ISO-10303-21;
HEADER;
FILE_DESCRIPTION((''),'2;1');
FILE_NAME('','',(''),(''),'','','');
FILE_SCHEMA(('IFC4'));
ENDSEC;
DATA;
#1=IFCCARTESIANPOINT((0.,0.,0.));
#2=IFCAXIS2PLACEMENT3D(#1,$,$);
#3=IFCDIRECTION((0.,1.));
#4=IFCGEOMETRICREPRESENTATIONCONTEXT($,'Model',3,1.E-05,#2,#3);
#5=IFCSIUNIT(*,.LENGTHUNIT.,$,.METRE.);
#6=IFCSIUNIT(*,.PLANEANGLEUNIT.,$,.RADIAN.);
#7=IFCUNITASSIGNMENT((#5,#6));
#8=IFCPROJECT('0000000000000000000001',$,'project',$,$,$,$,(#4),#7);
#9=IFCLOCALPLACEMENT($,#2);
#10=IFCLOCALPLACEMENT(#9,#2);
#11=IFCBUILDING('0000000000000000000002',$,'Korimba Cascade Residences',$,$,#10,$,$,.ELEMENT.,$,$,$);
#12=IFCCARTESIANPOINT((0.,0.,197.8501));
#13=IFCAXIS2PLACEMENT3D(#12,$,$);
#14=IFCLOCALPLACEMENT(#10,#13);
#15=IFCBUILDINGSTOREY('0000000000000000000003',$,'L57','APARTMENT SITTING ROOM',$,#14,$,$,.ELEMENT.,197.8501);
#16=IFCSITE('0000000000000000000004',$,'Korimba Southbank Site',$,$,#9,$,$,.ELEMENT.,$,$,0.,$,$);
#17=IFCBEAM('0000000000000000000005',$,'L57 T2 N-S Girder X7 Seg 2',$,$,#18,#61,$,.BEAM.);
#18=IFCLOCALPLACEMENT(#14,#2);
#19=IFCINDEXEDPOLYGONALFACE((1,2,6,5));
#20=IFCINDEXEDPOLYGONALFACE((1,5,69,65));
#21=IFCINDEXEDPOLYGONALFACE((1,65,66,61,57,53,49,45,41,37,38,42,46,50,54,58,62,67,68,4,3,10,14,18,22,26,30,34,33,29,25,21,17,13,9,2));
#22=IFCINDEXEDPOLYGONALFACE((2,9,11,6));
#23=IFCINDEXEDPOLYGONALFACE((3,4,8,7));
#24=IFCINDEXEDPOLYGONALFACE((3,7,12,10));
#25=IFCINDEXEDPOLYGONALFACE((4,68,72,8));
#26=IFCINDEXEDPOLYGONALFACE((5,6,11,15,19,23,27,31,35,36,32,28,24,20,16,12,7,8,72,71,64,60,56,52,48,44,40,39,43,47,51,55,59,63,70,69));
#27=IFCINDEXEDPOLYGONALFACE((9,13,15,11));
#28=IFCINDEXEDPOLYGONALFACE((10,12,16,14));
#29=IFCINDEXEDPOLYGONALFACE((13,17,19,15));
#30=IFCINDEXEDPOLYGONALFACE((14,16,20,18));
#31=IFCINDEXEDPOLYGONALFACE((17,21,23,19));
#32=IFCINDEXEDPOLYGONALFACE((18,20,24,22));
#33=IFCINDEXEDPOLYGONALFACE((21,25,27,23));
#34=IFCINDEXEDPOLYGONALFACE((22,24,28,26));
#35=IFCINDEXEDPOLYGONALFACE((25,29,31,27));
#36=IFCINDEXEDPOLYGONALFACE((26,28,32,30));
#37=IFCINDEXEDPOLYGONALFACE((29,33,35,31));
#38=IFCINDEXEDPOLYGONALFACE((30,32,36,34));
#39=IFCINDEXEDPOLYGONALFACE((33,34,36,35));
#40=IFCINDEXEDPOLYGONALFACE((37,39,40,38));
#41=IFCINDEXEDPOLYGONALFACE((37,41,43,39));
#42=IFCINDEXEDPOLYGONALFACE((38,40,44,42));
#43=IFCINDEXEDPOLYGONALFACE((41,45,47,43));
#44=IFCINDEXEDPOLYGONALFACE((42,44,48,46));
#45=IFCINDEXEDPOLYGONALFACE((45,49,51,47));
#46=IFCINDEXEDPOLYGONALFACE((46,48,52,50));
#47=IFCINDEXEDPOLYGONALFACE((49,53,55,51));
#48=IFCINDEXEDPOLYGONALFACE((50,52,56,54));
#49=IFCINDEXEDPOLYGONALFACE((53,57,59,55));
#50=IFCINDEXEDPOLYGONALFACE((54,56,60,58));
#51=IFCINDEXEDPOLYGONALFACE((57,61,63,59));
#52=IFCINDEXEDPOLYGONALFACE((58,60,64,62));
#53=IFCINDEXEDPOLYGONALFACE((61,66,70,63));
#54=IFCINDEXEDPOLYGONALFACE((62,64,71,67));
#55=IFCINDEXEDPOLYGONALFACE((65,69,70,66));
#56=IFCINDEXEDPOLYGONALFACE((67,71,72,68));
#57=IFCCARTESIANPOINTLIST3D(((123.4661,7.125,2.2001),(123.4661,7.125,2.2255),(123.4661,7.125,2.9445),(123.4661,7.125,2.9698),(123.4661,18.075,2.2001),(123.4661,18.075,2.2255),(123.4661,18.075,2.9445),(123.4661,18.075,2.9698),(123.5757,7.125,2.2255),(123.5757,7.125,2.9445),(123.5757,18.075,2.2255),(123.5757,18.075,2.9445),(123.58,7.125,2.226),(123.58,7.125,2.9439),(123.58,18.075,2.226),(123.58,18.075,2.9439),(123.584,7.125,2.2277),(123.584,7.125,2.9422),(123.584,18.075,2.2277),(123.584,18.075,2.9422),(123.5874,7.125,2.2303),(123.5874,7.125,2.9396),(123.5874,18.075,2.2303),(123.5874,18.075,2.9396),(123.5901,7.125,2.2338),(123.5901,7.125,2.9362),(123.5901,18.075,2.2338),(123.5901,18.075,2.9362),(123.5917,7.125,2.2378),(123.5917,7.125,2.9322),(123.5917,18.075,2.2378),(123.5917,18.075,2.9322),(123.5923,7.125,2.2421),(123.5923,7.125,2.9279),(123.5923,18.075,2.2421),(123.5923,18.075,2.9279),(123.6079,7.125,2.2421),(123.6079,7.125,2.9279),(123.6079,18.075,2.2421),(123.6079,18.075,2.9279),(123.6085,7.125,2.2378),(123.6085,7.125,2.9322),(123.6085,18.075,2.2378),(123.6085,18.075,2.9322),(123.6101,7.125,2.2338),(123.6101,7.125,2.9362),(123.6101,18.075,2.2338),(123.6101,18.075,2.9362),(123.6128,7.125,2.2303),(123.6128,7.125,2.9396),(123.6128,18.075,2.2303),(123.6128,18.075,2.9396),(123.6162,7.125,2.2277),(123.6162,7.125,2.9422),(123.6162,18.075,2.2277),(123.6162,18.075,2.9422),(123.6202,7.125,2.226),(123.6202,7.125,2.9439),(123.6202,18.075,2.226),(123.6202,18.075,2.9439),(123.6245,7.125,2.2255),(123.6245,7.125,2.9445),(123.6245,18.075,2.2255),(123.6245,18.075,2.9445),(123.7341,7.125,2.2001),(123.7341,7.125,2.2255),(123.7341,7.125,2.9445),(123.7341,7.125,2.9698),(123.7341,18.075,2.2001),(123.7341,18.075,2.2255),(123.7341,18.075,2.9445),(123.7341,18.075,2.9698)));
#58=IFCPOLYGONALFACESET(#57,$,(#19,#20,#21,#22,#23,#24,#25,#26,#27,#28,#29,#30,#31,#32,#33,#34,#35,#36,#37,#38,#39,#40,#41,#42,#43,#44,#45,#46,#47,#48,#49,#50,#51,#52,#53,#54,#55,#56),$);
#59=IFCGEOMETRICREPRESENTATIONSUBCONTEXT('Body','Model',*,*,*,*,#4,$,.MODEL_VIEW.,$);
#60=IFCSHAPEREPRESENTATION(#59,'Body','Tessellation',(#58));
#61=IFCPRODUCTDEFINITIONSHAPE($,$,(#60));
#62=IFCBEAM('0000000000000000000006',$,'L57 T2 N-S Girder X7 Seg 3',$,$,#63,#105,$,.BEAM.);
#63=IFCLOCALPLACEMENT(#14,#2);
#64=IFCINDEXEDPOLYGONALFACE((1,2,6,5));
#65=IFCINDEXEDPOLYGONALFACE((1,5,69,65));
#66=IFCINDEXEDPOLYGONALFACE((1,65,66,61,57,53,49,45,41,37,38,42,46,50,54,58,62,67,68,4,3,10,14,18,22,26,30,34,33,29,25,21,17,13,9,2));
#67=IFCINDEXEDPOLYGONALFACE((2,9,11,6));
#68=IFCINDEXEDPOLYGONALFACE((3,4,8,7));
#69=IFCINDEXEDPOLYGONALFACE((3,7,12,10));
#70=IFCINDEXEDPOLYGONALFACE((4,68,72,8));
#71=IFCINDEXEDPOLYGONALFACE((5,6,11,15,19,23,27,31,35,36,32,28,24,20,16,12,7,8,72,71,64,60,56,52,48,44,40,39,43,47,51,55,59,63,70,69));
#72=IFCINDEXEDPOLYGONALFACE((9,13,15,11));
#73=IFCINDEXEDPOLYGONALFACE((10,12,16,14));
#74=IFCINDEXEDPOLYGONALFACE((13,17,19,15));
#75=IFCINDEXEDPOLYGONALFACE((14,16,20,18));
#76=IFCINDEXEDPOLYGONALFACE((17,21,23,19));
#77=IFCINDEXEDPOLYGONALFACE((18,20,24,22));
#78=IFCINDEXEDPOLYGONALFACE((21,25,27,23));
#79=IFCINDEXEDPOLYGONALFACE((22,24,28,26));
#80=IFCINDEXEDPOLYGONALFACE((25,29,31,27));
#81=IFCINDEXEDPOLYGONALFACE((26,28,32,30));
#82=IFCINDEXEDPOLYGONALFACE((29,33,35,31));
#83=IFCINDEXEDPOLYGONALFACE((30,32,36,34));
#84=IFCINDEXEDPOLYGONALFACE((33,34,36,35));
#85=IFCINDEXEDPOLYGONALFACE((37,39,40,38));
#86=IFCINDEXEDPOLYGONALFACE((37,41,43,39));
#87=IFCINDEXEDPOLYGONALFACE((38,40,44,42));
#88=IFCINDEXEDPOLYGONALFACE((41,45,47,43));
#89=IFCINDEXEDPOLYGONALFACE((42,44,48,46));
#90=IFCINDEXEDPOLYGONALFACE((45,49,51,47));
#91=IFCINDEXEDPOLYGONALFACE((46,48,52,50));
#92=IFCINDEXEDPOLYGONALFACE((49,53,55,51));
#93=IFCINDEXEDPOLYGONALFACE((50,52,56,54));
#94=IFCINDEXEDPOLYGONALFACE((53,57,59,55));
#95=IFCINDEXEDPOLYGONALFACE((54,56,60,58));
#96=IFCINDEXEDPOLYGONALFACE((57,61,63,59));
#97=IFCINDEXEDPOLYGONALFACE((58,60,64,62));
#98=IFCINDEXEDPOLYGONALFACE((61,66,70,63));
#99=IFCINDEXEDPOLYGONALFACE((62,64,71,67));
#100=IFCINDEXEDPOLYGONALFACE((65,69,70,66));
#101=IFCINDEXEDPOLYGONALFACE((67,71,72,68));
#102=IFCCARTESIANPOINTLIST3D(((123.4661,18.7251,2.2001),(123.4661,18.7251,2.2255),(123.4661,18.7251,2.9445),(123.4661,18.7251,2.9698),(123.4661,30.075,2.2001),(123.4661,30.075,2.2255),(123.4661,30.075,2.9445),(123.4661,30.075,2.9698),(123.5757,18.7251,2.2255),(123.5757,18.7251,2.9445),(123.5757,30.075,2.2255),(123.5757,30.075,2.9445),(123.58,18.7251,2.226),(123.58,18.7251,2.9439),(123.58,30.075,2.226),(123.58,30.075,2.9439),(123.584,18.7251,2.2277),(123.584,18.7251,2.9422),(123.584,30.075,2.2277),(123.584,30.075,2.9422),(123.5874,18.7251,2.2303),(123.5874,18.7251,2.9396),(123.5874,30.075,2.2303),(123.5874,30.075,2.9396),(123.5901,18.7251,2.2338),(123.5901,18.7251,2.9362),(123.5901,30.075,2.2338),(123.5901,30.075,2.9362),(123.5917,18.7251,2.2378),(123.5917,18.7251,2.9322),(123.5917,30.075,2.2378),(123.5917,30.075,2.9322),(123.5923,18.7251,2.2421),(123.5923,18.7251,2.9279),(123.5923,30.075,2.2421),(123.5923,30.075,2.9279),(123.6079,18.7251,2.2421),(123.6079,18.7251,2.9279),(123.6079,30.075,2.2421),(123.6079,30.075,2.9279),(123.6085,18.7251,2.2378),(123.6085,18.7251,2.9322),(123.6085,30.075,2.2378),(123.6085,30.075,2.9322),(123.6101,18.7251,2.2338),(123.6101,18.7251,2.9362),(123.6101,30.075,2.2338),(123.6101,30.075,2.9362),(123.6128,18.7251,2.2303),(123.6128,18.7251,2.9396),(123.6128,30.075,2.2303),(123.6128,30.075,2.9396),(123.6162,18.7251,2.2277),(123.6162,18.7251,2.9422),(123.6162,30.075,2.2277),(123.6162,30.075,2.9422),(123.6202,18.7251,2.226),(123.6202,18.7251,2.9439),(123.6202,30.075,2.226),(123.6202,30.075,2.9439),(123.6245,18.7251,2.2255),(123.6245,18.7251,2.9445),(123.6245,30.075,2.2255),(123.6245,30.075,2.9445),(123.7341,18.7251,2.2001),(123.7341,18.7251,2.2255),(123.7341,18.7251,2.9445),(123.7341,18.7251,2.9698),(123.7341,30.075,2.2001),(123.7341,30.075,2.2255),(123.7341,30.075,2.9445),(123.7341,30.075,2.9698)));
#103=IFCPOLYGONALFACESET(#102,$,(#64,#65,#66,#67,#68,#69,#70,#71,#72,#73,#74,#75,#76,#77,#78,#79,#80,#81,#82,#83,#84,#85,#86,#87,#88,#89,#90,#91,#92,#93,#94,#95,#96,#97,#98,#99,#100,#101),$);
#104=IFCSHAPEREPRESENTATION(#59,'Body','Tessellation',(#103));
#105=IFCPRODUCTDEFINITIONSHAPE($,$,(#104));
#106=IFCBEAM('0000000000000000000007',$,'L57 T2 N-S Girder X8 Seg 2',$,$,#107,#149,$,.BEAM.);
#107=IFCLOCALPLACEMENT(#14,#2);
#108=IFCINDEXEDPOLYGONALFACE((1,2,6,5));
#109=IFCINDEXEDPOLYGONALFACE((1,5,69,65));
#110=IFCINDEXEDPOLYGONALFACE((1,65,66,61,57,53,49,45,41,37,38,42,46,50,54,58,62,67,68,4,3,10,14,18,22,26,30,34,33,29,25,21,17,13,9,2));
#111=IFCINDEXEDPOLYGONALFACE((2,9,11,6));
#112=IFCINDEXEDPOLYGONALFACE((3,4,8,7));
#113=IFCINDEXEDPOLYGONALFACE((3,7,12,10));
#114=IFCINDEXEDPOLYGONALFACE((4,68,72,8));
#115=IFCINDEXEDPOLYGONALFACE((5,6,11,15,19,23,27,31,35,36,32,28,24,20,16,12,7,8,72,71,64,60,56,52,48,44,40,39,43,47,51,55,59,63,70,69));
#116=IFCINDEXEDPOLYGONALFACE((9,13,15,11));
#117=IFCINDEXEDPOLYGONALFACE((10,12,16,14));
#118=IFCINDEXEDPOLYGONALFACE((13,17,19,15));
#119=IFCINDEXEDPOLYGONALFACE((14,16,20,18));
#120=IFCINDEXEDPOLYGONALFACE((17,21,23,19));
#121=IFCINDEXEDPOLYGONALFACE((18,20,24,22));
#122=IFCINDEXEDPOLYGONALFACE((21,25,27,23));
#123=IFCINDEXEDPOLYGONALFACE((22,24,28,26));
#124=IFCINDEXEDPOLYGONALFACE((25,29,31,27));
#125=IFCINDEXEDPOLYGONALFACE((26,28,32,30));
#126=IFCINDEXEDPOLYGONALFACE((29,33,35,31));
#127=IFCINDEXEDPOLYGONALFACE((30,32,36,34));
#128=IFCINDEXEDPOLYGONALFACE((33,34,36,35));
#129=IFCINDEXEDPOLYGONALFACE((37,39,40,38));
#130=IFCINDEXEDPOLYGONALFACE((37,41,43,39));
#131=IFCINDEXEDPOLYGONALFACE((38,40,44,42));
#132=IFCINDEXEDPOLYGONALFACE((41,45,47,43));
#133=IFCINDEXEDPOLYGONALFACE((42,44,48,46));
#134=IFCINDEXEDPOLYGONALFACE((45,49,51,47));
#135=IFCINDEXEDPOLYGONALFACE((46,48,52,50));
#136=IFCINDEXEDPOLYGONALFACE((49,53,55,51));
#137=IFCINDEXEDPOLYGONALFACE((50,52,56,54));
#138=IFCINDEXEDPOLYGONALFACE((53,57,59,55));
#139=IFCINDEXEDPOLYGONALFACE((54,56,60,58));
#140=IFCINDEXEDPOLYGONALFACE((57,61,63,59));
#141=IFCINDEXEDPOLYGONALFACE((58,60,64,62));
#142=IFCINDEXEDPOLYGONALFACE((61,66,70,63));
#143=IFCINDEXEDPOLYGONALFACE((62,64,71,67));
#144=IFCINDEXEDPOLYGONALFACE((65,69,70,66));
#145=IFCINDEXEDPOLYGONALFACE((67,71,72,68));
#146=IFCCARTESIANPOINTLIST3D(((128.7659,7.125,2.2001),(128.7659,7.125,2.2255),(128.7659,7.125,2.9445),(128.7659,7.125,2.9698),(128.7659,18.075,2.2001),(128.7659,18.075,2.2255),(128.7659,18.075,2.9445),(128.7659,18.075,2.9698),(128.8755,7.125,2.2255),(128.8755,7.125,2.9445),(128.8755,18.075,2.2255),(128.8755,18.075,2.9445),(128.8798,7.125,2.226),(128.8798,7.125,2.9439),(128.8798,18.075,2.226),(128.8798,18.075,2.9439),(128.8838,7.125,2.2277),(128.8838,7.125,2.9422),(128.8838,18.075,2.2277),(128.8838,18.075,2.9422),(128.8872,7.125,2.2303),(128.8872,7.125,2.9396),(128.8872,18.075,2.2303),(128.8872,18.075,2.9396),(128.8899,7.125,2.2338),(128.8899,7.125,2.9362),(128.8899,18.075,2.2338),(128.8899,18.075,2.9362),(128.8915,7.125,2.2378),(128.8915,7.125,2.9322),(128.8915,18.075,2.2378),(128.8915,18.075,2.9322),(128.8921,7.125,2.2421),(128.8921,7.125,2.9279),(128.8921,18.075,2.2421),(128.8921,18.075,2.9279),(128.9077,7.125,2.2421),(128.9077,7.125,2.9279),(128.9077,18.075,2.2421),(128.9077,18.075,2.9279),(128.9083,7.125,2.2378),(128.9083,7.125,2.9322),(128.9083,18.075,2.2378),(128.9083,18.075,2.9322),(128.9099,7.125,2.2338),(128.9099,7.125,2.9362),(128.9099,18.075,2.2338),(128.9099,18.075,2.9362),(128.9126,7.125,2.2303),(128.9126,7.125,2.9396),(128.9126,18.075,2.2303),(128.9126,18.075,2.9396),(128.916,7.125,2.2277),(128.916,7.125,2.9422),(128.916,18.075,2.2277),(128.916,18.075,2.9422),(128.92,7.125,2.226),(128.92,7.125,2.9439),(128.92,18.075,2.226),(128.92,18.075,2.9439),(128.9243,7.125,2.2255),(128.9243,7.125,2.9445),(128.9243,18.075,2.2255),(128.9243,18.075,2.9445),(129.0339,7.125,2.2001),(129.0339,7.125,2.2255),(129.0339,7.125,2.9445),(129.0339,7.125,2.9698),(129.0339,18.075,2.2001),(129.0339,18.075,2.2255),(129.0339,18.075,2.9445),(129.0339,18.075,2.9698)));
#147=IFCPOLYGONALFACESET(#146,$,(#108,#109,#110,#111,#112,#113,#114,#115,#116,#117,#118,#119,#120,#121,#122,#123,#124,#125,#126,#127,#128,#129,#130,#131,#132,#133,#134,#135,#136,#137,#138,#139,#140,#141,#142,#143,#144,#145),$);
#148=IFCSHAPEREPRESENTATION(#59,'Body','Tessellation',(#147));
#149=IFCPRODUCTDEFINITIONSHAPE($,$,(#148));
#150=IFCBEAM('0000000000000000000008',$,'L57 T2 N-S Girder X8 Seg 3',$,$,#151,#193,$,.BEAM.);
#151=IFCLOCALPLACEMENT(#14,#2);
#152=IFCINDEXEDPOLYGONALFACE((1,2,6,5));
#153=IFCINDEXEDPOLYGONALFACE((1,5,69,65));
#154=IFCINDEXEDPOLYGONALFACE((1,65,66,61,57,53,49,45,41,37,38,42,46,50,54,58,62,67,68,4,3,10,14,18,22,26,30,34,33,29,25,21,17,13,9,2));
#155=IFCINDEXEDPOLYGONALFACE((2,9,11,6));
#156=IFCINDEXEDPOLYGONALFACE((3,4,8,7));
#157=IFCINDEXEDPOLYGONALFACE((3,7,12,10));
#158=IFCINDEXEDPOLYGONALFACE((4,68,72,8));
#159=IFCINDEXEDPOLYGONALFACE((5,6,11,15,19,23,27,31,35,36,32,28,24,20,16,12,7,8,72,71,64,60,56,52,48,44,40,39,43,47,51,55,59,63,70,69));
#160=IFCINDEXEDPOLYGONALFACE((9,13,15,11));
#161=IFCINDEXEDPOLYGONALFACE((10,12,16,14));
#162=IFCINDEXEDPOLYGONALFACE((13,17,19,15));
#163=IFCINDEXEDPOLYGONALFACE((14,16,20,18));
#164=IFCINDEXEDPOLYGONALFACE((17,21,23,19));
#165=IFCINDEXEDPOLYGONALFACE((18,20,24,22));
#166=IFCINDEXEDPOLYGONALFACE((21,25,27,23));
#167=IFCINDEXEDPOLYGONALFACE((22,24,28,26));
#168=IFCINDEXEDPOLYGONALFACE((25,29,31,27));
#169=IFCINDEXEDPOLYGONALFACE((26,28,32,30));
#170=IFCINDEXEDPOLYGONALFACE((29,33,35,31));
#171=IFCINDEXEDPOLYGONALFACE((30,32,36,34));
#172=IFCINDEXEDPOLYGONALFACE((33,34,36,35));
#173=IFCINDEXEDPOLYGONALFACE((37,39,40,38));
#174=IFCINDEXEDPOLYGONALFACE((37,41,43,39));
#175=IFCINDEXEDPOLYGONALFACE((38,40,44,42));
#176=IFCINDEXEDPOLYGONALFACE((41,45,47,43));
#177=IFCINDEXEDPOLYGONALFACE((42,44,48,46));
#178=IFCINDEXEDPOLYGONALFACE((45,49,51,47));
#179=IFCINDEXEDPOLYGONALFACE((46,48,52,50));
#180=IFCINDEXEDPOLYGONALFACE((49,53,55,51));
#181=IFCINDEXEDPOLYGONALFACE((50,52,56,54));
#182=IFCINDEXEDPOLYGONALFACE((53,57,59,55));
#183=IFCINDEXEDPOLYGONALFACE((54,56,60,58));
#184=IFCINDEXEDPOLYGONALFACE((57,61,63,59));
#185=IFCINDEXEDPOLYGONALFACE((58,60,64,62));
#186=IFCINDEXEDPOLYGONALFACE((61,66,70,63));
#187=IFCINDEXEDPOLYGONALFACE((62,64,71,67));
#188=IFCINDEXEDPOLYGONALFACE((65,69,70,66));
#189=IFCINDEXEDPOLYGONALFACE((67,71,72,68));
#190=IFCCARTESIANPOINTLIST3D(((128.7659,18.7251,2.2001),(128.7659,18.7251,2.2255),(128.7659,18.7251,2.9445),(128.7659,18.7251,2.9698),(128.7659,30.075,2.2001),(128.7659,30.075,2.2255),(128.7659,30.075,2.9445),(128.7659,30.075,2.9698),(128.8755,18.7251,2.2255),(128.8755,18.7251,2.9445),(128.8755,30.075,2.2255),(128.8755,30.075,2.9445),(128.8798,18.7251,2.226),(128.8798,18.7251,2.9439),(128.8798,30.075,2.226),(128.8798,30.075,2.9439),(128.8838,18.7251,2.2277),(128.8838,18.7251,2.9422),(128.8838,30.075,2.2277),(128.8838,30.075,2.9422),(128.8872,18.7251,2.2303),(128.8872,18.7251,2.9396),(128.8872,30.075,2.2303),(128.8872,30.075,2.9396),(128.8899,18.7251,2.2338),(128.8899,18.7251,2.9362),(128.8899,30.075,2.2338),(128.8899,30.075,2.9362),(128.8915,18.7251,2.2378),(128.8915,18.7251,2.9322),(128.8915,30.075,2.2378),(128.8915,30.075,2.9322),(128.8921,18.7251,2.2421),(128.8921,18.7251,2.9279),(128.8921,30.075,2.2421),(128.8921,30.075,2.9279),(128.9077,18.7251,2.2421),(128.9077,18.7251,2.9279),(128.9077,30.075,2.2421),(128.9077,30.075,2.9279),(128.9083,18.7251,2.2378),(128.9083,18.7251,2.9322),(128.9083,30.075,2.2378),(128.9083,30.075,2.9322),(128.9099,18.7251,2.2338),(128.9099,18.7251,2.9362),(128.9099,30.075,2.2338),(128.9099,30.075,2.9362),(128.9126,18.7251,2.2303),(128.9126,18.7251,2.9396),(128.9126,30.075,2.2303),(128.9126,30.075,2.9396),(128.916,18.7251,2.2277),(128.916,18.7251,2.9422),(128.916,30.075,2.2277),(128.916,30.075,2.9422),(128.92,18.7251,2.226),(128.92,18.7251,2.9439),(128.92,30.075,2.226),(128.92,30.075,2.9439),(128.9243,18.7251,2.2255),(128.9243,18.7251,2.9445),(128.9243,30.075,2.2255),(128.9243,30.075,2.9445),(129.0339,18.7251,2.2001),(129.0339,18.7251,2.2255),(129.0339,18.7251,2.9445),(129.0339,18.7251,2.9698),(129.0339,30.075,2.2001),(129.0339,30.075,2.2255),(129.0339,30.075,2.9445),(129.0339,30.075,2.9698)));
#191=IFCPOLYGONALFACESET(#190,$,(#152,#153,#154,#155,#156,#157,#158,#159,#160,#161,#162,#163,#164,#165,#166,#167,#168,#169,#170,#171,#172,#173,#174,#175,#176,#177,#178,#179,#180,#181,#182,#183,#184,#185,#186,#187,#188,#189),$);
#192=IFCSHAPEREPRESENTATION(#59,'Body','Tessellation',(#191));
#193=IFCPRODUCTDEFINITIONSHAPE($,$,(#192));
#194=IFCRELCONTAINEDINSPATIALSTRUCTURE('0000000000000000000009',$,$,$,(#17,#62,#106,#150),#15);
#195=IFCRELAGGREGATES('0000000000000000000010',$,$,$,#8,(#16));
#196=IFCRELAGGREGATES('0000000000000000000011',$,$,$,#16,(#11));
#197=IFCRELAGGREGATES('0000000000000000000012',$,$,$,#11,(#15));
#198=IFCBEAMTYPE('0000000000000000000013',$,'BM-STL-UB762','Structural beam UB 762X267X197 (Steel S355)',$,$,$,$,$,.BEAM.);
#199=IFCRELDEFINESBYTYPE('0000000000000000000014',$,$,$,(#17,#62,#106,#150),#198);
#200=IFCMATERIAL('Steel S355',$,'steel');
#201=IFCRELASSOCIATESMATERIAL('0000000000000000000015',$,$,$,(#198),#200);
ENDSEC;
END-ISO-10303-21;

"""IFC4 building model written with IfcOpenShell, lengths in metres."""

from ifc_helpers import new_model, si_unit, direction, frame, origin, origin_2d, place, context, subcontext, project, spatial, i_section, extrude, material, material_profile, profile_set, type_object, element, save


model = new_model("IFC4")

# Units and contexts
model_context = context("Model", 3, precision=1e-05, world=origin(), true_north=direction((0.0, 1.0)))
body_context = subcontext(model_context, "Body", "Model", "MODEL_VIEW")
ifc_project = project(units=[si_unit("LENGTHUNIT", "METRE"), si_unit("PLANEANGLEUNIT", "RADIAN")], contexts=[model_context])

# Site, building, storey
site_placement = place(None, origin())
site = spatial("IfcSite", under=ifc_project, at=site_placement, Name="Korimba Southbank Site", CompositionType="ELEMENT", RefElevation=0.0)
building_placement = place(site_placement, origin())
building = spatial("IfcBuilding", under=site, at=building_placement, Name="Korimba Cascade Residences", CompositionType="ELEMENT")
storey_placement = place(building_placement, frame((0.0, 0.0, 197.8501)))
storey = spatial("IfcBuildingStorey", under=building, at=storey_placement, Name="L57", Description="APARTMENT SITTING ROOM", CompositionType="ELEMENT", Elevation=197.8501)

# Beams
ifc_material_1 = material(Name="Steel S355", Category="steel")
ifc_material_profile_1 = material_profile(ifc_material_1, i_section(OverallWidth=0.2681, OverallDepth=0.7698, WebThickness=0.0156, FlangeThickness=0.0254, FilletRadius=0.0166, at=origin_2d()), Name="Steel S355")
ifc_profile_set_1 = profile_set([ifc_material_profile_1], Name="Steel S355")
beam_type_1 = type_object("IfcBeamType", Name="BM-STL-UB762", Description="Structural beam UB 762X267X197 (Steel S355)", PredefinedType="BEAM", material=ifc_profile_set_1)
for number, where, z_axis, x_axis, name in (
    (1, (123.6001, 7.125, 2.585), (0.0, 1.0, 0.0), (-1.0, 0.0, 0.0), "L57 T2 N-S Girder X7 Seg 2"),
):
    element("IfcBeam", number, at=place(storey_placement, frame(where, z_axis=z_axis, x_axis=x_axis)), inside=storey, type_object=beam_type_1, Name=name, PredefinedType="BEAM", context=body_context, shape_type="SweptSolid", body=[
        extrude(i_section(OverallWidth=0.2681, OverallDepth=0.7698, WebThickness=0.0156, FlangeThickness=0.0254, FilletRadius=0.0166, at=origin_2d()), origin(), (0.0, 0.0, 1.0), 10.95),
    ])
beam_1_placement = place(storey_placement, frame((123.6001, 18.7251, 2.585), z_axis=(0.0, 1.0, 0.0), x_axis=(-1.0, 0.0, 0.0)))
element("IfcBeam", 2, at=beam_1_placement, inside=storey, type_object=beam_type_1, Name="L57 T2 N-S Girder X7 Seg 3", PredefinedType="BEAM", context=body_context, shape_type="SweptSolid", body=[
    extrude(i_section(OverallWidth=0.2681, OverallDepth=0.7698, WebThickness=0.0156, FlangeThickness=0.0254, FilletRadius=0.0166, at=origin_2d()), origin(), (0.0, 0.0, 1.0), 11.3499),
])
beam_2_placement = place(storey_placement, frame((128.8999, 7.125, 2.585), z_axis=(0.0, 1.0, 0.0), x_axis=(-1.0, 0.0, 0.0)))
element("IfcBeam", 3, at=beam_2_placement, inside=storey, type_object=beam_type_1, Name="L57 T2 N-S Girder X8 Seg 2", PredefinedType="BEAM", context=body_context, shape_type="SweptSolid", body=[
    extrude(i_section(OverallWidth=0.2681, OverallDepth=0.7698, WebThickness=0.0156, FlangeThickness=0.0254, FilletRadius=0.0166, at=origin_2d()), origin(), (0.0, 0.0, 1.0), 10.95),
])
beam_3_placement = place(storey_placement, frame((128.8999, 18.7251, 2.585), z_axis=(0.0, 1.0, 0.0), x_axis=(-1.0, 0.0, 0.0)))
element("IfcBeam", 4, at=beam_3_placement, inside=storey, type_object=beam_type_1, Name="L57 T2 N-S Girder X8 Seg 3", PredefinedType="BEAM", context=body_context, shape_type="SweptSolid", body=[
    extrude(i_section(OverallWidth=0.2681, OverallDepth=0.7698, WebThickness=0.0156, FlangeThickness=0.0254, FilletRadius=0.0166, at=origin_2d()), origin(), (0.0, 0.0, 1.0), 11.3499),
])

save(model, "model.ifc")
